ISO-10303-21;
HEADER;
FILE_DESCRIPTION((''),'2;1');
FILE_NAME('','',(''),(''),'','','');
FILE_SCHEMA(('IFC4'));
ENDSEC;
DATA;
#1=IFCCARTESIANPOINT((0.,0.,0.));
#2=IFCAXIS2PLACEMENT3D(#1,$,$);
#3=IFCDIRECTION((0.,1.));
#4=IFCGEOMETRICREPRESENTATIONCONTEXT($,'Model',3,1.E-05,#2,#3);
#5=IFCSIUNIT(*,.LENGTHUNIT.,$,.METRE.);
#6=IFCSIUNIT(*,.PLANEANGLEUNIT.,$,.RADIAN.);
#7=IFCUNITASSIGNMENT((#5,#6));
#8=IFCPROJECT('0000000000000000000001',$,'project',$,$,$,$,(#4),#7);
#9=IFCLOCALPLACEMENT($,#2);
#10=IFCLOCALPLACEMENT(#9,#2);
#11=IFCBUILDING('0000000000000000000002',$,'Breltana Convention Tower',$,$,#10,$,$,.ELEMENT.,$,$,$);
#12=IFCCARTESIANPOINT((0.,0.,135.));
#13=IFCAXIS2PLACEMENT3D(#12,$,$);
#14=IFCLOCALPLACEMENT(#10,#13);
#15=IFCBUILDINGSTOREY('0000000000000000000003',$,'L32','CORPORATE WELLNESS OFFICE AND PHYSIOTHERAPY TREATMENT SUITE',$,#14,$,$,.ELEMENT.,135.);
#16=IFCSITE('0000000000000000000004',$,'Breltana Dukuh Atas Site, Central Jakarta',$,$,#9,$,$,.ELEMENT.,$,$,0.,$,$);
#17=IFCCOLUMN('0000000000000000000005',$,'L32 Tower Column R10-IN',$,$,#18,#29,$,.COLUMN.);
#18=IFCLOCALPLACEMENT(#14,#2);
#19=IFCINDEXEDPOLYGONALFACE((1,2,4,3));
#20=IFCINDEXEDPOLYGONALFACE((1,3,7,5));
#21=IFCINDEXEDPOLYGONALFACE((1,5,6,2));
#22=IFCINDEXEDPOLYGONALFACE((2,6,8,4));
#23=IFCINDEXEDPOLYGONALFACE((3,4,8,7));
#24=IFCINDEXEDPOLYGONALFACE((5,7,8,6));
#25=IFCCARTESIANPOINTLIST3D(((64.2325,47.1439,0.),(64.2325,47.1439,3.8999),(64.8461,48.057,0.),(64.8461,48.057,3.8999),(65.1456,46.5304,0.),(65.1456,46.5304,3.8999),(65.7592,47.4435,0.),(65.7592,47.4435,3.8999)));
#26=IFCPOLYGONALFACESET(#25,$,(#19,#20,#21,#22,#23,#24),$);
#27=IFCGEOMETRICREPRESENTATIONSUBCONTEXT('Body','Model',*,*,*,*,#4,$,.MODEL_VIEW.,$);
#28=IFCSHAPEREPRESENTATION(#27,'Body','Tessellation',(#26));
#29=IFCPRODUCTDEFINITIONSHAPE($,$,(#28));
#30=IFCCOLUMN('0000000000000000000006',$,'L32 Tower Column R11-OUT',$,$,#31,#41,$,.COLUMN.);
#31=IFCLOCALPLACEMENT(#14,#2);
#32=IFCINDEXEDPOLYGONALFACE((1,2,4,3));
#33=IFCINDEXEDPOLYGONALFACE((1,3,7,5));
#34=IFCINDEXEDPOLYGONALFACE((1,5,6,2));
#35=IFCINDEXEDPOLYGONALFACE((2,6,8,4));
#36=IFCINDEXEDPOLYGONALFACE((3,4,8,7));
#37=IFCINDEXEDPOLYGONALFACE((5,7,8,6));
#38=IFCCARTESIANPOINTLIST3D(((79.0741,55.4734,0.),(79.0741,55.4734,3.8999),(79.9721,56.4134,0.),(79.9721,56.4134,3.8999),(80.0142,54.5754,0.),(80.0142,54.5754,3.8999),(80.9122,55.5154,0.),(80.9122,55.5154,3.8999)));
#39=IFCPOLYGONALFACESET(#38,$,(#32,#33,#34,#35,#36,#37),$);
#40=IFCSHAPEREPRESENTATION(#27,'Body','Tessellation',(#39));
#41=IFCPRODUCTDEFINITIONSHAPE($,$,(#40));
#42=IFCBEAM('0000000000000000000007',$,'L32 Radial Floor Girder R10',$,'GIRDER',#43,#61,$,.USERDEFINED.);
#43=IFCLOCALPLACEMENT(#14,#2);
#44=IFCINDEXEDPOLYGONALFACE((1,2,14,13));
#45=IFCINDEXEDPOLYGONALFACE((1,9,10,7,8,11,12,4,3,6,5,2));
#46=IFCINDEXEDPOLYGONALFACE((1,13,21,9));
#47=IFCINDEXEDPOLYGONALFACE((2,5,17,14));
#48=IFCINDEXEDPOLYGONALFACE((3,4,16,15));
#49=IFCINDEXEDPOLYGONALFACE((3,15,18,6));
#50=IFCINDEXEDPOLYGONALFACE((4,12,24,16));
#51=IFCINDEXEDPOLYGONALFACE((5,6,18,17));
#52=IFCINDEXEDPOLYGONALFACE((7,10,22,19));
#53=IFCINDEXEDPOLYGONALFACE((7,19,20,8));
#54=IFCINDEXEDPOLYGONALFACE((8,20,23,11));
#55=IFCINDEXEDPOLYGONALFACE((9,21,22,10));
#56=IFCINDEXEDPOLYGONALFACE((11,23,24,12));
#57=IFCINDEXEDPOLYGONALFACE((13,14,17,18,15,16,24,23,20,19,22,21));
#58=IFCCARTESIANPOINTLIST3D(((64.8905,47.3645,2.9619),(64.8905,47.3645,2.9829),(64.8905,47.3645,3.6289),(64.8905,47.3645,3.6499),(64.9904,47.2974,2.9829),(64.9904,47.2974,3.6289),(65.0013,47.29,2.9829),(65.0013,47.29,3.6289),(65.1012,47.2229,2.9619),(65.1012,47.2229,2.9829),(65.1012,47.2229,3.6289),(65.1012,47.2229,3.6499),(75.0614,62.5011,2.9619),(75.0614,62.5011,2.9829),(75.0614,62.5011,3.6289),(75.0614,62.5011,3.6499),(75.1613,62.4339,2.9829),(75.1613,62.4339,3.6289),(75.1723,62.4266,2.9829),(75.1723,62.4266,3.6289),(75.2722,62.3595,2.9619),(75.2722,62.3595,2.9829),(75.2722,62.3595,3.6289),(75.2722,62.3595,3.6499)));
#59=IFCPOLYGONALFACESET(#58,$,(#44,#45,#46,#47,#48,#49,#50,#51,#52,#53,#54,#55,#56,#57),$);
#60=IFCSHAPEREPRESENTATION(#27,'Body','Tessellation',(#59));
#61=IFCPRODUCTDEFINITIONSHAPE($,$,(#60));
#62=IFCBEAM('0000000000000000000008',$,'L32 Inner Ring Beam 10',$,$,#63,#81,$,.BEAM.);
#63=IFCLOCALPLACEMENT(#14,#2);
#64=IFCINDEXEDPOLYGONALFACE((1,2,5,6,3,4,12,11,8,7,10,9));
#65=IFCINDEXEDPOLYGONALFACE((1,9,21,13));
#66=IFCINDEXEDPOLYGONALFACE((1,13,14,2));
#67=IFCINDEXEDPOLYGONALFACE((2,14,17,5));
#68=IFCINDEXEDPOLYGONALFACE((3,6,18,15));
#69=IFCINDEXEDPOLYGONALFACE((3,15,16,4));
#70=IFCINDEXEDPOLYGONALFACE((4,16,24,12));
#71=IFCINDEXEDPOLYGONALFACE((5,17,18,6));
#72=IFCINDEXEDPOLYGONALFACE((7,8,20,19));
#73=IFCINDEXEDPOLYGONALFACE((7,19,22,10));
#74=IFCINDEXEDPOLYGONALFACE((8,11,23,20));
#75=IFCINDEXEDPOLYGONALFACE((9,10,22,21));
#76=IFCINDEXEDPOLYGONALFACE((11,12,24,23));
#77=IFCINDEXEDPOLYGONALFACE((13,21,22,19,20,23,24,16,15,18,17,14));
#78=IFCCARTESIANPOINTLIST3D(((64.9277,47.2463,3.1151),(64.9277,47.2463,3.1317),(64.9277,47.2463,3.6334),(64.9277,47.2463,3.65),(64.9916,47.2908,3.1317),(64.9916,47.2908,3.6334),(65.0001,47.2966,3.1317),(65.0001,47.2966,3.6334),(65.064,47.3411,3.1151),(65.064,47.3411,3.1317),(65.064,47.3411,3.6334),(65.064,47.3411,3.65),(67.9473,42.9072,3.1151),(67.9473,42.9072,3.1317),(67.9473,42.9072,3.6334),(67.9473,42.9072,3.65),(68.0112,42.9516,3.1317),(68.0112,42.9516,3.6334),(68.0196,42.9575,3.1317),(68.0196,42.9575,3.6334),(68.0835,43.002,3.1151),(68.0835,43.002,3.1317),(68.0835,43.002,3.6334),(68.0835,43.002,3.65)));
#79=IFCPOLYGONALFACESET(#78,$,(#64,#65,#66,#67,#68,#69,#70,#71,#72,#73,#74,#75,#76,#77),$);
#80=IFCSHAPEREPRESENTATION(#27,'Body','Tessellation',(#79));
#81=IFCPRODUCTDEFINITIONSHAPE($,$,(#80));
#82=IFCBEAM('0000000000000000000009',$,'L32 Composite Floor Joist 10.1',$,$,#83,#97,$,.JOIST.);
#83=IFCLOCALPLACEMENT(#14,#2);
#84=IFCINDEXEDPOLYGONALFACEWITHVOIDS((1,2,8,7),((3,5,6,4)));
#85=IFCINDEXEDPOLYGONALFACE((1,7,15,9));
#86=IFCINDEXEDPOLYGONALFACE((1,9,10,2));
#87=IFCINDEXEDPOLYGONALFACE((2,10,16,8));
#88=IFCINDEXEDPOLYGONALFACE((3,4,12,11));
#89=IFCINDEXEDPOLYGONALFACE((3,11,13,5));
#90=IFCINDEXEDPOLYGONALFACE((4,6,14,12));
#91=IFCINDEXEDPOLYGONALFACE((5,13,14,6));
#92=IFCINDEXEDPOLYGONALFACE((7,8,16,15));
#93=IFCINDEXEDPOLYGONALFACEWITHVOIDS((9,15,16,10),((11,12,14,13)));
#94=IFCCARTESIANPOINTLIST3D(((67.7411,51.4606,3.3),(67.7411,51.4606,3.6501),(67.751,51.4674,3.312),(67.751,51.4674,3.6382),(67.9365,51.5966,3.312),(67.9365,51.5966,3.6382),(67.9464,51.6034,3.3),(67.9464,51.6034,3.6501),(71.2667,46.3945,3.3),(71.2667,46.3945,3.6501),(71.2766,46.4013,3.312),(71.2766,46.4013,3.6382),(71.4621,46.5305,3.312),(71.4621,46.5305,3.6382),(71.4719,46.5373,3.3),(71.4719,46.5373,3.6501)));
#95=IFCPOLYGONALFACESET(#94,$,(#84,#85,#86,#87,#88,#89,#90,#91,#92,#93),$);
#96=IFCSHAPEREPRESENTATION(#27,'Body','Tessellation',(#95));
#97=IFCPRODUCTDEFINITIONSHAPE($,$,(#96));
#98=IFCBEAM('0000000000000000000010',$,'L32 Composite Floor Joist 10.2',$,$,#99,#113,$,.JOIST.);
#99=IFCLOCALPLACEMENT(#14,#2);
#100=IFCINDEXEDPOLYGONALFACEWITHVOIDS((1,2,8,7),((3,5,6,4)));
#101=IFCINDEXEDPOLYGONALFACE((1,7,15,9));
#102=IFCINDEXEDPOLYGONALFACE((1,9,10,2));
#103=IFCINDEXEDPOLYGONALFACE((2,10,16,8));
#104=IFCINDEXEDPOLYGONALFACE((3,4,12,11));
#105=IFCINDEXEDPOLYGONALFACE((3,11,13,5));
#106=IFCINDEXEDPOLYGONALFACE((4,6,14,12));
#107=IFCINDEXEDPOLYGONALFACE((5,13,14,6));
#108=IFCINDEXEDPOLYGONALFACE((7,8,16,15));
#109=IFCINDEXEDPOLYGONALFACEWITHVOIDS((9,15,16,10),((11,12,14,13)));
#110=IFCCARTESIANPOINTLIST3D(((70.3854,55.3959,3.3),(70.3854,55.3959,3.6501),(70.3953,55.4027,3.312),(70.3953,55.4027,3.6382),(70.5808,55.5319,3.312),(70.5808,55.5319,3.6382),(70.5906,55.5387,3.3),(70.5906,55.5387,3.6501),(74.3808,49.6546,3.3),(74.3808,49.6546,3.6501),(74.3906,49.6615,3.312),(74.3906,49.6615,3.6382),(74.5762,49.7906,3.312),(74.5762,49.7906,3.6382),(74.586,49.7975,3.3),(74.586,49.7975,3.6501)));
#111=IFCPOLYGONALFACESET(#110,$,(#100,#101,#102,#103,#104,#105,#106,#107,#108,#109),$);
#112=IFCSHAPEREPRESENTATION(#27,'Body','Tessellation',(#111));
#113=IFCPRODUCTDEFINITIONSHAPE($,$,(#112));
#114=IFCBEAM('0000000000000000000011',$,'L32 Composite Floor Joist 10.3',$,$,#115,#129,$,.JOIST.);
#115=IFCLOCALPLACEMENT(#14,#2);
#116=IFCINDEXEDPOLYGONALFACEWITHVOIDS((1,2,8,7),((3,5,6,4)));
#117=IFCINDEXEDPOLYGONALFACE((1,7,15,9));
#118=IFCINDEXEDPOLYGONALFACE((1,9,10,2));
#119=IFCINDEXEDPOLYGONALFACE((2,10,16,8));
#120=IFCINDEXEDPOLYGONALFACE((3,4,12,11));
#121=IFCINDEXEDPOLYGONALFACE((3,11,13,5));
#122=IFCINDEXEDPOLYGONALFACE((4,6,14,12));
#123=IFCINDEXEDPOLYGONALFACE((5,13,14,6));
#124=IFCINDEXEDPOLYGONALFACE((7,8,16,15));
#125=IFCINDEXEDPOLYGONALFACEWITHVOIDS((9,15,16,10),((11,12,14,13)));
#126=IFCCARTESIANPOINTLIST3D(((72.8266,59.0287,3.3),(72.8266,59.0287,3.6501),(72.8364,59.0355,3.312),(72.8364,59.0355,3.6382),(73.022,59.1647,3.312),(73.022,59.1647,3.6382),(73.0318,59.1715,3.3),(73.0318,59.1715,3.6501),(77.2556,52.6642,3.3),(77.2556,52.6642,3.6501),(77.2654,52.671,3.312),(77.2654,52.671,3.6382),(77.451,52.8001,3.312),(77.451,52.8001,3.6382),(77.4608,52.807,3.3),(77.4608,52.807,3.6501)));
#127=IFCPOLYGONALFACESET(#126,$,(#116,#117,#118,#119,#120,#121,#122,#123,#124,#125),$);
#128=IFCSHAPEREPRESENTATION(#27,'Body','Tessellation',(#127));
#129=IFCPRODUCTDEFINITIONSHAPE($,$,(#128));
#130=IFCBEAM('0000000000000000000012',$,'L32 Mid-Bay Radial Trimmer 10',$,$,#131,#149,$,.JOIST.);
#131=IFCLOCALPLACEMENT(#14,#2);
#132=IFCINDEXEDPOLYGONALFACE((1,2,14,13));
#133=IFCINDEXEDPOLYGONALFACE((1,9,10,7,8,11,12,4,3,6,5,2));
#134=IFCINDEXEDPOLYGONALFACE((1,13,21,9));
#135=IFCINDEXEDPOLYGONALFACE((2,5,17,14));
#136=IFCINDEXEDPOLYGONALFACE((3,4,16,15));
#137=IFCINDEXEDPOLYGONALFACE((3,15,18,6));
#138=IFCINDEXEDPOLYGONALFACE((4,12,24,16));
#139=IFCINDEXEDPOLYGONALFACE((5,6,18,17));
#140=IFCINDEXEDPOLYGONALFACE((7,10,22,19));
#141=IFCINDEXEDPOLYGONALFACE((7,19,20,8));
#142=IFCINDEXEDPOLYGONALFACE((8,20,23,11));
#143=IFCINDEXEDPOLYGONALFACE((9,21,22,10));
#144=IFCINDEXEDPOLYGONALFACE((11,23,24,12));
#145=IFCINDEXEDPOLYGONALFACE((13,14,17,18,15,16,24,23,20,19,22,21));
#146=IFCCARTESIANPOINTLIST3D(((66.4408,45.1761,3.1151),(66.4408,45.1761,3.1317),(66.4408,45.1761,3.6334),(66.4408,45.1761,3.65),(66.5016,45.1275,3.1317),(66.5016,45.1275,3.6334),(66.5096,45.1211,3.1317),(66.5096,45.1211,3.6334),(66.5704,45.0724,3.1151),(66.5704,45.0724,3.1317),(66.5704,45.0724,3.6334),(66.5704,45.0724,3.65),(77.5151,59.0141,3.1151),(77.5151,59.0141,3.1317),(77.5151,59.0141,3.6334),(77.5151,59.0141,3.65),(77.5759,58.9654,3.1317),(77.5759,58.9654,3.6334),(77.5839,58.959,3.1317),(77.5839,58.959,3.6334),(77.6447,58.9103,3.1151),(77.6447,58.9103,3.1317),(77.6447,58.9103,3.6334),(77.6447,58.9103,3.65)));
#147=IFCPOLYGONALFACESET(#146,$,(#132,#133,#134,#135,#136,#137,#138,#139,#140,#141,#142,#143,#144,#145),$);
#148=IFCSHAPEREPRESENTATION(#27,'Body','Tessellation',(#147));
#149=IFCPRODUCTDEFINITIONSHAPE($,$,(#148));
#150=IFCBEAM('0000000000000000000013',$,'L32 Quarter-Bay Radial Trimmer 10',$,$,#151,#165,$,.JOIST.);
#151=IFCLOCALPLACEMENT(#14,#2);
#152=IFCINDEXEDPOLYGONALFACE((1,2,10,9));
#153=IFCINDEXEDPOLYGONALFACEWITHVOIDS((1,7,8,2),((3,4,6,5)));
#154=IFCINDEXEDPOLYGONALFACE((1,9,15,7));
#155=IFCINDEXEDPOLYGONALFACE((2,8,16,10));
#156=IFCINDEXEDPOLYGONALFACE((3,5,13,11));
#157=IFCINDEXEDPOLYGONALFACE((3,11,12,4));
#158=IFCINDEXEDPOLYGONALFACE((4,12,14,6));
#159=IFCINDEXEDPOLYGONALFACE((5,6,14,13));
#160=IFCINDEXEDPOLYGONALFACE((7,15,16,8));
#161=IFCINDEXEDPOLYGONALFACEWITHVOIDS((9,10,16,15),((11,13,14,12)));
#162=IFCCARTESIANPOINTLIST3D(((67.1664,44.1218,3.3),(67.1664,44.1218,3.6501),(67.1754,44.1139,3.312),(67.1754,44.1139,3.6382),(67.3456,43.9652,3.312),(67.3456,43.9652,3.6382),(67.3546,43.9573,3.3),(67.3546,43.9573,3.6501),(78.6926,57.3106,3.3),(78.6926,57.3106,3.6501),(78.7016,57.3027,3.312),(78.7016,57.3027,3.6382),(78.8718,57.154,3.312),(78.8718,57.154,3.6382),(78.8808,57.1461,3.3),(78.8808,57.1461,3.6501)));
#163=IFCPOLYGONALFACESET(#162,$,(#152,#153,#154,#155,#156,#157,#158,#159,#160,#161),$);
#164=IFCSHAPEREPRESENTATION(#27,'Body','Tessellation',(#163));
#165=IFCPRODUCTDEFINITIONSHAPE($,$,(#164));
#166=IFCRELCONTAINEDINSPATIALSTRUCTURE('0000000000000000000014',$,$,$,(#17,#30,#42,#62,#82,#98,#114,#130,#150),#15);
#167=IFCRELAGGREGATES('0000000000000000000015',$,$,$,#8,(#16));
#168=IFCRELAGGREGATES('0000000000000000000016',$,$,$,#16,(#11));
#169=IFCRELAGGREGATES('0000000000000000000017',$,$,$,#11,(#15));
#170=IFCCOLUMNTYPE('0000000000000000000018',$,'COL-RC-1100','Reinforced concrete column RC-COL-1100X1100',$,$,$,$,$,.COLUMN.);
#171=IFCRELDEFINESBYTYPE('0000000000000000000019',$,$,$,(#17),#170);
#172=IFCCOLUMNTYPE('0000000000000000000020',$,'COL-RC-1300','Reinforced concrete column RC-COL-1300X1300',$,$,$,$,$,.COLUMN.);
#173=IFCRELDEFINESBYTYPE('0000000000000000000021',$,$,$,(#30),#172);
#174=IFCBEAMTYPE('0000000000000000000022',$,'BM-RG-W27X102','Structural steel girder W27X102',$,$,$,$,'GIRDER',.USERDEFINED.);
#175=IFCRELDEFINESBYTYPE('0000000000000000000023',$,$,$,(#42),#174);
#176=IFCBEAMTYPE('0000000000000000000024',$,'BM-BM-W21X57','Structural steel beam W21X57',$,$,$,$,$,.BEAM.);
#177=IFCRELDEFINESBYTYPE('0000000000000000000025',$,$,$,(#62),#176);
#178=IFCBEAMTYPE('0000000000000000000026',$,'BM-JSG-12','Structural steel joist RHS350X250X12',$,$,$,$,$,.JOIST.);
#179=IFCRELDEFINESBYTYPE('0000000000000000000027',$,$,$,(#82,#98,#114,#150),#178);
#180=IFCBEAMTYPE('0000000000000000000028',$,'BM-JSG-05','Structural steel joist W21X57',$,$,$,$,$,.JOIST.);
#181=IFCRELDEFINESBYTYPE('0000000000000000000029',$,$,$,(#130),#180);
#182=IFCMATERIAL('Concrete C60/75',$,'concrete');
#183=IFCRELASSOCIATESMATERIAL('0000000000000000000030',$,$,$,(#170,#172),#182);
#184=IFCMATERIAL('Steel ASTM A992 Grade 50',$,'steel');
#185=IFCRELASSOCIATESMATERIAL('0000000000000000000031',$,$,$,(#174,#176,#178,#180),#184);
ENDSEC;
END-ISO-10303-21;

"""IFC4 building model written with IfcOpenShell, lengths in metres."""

from ifc_helpers import new_model, si_unit, direction, frame, origin, origin_2d, place, context, subcontext, project, spatial, rectangle, hollow_rectangle, i_section, extrude, source, transform, mapped, material, material_profile, profile_set, type_object, element, save


model = new_model("IFC4")

# Units and contexts
model_context = context("Model", 3, precision=1e-05, world=origin(), true_north=direction((0.0, 1.0)))
body_context = subcontext(model_context, "Body", "Model", "MODEL_VIEW")
ifc_project = project(units=[si_unit("LENGTHUNIT", "METRE"), si_unit("PLANEANGLEUNIT", "RADIAN")], contexts=[model_context])

# Site, building, storey
site_placement = place(None, origin())
site = spatial("IfcSite", under=ifc_project, at=site_placement, Name="Breltana Dukuh Atas Site, Central Jakarta", CompositionType="ELEMENT", RefElevation=0.0)
building_placement = place(site_placement, origin())
building = spatial("IfcBuilding", under=site, at=building_placement, Name="Breltana Convention Tower", CompositionType="ELEMENT")
storey_placement = place(building_placement, frame((0.0, 0.0, 135.0)))
storey = spatial("IfcBuildingStorey", under=building, at=storey_placement, Name="L32", Description="CORPORATE WELLNESS OFFICE AND PHYSIOTHERAPY TREATMENT SUITE", CompositionType="ELEMENT", Elevation=135.0)

# Columns
ifc_material_1 = material(Name="Concrete C60/75", Category="concrete")
ifc_material_profile_1 = material_profile(ifc_material_1, rectangle(XDim=1.1001, YDim=1.1001, at=origin_2d()), Name="RC-COL-1100X1100")
ifc_profile_set_1 = profile_set([ifc_material_profile_1], Name="Concrete C60/75")
column_type_1 = type_object("IfcColumnType", Name="COL-RC-1100", Description="Reinforced concrete column RC-COL-1100X1100", PredefinedType="COLUMN", material=ifc_profile_set_1)
shared_shape_1 = source(origin(), body_context, "Body", "SweptSolid", [
    extrude(rectangle(XDim=1.1001, YDim=1.1001, at=origin_2d()), origin(), (0.0, 0.0, 1.0), 3.8999),
])
column_1_placement = place(storey_placement, frame((64.9958, 47.2937, 0.0), z_axis=(0.0, 0.0, 1.0), x_axis=(0.557745, 0.830012, 0.0)))
element("IfcColumn", 1, at=column_1_placement, inside=storey, type_object=column_type_1, Name="L32 Tower Column R10-IN", PredefinedType="COLUMN", context=body_context, shape_type="MappedRepresentation", body=[
    mapped(shared_shape_1, transform((0.0, 0.0, 0.0), scale=1.0)),
])
ifc_material_profile_2 = material_profile(ifc_material_1, rectangle(XDim=1.3, YDim=1.3, at=origin_2d()), Name="RC-COL-1300X1300")
ifc_profile_set_2 = profile_set([ifc_material_profile_2], Name="Concrete C60/75")
column_type_2 = type_object("IfcColumnType", Name="COL-RC-1300", Description="Reinforced concrete column RC-COL-1300X1300", PredefinedType="COLUMN", material=ifc_profile_set_2)
shared_shape_2 = source(origin(), body_context, "Body", "SweptSolid", [
    extrude(rectangle(XDim=1.3, YDim=1.3, at=origin_2d()), origin(), (0.0, 0.0, 1.0), 3.8999),
])
column_2_placement = place(storey_placement, frame((79.9932, 55.4944, 0.0), z_axis=(0.0, 0.0, 1.0), x_axis=(0.690756, 0.723088, 0.0)))
element("IfcColumn", 2, at=column_2_placement, inside=storey, type_object=column_type_2, Name="L32 Tower Column R11-OUT", PredefinedType="COLUMN", context=body_context, shape_type="MappedRepresentation", body=[
    mapped(shared_shape_2, transform((0.0, 0.0, 0.0), scale=1.0)),
])

# Beams
ifc_material_2 = material(Name="Steel ASTM A992 Grade 50", Category="steel")
ifc_material_profile_3 = material_profile(ifc_material_2, i_section(OverallWidth=0.2539, OverallDepth=0.688, WebThickness=0.0132, FlangeThickness=0.021, at=origin_2d()), Name="W27X102")
ifc_profile_set_3 = profile_set([ifc_material_profile_3], Name="Steel ASTM A992 Grade 50")
beam_type_1 = type_object("IfcBeamType", Name="BM-RG-W27X102", Description="Structural steel girder W27X102", ElementType="GIRDER", PredefinedType="USERDEFINED", material=ifc_profile_set_3)
shared_shape_3 = source(origin(), body_context, "Body", "SweptSolid", [
    extrude(i_section(OverallWidth=0.2539, OverallDepth=0.688, WebThickness=0.0132, FlangeThickness=0.021, at=origin_2d()), origin(), (0.0, 0.0, 1.0), 18.2363),
])
beam_1_placement = place(storey_placement, frame((64.9958, 47.2937, 3.3059), z_axis=(0.55773, 0.830022, 0.0), x_axis=(-0.830022, 0.55773, 0.0)))
element("IfcBeam", 3, at=beam_1_placement, inside=storey, type_object=beam_type_1, Name="L32 Radial Floor Girder R10", ObjectType="GIRDER", PredefinedType="USERDEFINED", context=body_context, shape_type="MappedRepresentation", body=[
    mapped(shared_shape_3, transform((0.0, 0.0, 0.0), scale=1.0)),
])
ifc_material_profile_4 = material_profile(ifc_material_2, i_section(OverallWidth=0.166, OverallDepth=0.5349, WebThickness=0.0103, FlangeThickness=0.0166, at=origin_2d()), Name="W21X57")
ifc_profile_set_4 = profile_set([ifc_material_profile_4], Name="Steel ASTM A992 Grade 50")
beam_type_2 = type_object("IfcBeamType", Name="BM-BM-W21X57", Description="Structural steel beam W21X57", PredefinedType="BEAM", material=ifc_profile_set_4)
shared_shape_4 = source(origin(), body_context, "Body", "SweptSolid", [
    extrude(i_section(OverallWidth=0.166, OverallDepth=0.5349, WebThickness=0.0103, FlangeThickness=0.0166, at=origin_2d()), origin(), (0.0, 0.0, 1.0), 5.2864),
])
beam_2_placement = place(storey_placement, frame((64.9958, 47.2937, 3.3826), z_axis=(0.571194, -0.820815, 0.0), x_axis=(0.820815, 0.571194, 0.0)))
element("IfcBeam", 4, at=beam_2_placement, inside=storey, type_object=beam_type_2, Name="L32 Inner Ring Beam 10", PredefinedType="BEAM", context=body_context, shape_type="MappedRepresentation", body=[
    mapped(shared_shape_4, transform((0.0, 0.0, 0.0), scale=1.0)),
])
ifc_material_profile_5 = material_profile(ifc_material_2, hollow_rectangle(XDim=0.25, YDim=0.3501, WallThickness=0.012, at=origin_2d()), Name="RHS350X250X12")
ifc_profile_set_5 = profile_set([ifc_material_profile_5], Name="Steel ASTM A992 Grade 50")
beam_type_3 = type_object("IfcBeamType", Name="BM-JSG-12", Description="Structural steel joist RHS350X250X12", PredefinedType="JOIST", material=ifc_profile_set_5)
shared_shape_5 = source(origin(), body_context, "Body", "SweptSolid", [
    extrude(hollow_rectangle(XDim=0.25, YDim=0.3501, WallThickness=0.012, at=origin_2d()), origin(), (0.0, 0.0, 1.0), 6.1721),
])
beam_3_placement = place(storey_placement, frame((67.8438, 51.532, 3.4751), z_axis=(0.571212, -0.820803, 0.0), x_axis=(0.820803, 0.571212, 0.0)))
element("IfcBeam", 5, at=beam_3_placement, inside=storey, type_object=beam_type_3, Name="L32 Composite Floor Joist 10.1", PredefinedType="JOIST", context=body_context, shape_type="MappedRepresentation", body=[
    mapped(shared_shape_5, transform((0.0, 0.0, 0.0), scale=1.0)),
])
shared_shape_6 = source(origin(), body_context, "Body", "SweptSolid", [
    extrude(hollow_rectangle(XDim=0.25, YDim=0.3501, WallThickness=0.012, at=origin_2d()), origin(), (0.0, 0.0, 1.0), 6.9946),
])
beam_4_placement = place(storey_placement, frame((70.488, 55.4673, 3.4751), z_axis=(0.571207, -0.820806, 0.0), x_axis=(0.820806, 0.571207, 0.0)))
element("IfcBeam", 6, at=beam_4_placement, inside=storey, type_object=beam_type_3, Name="L32 Composite Floor Joist 10.2", PredefinedType="JOIST", context=body_context, shape_type="MappedRepresentation", body=[
    mapped(shared_shape_6, transform((0.0, 0.0, 0.0), scale=1.0)),
])
shared_shape_7 = source(origin(), body_context, "Body", "SweptSolid", [
    extrude(hollow_rectangle(XDim=0.25, YDim=0.3501, WallThickness=0.012, at=origin_2d()), origin(), (0.0, 0.0, 1.0), 7.7539),
])
beam_5_placement = place(storey_placement, frame((72.9292, 59.1001, 3.4751), z_axis=(0.571193, -0.820816, 0.0), x_axis=(0.820816, 0.571193, 0.0)))
element("IfcBeam", 7, at=beam_5_placement, inside=storey, type_object=beam_type_3, Name="L32 Composite Floor Joist 10.3", PredefinedType="JOIST", context=body_context, shape_type="MappedRepresentation", body=[
    mapped(shared_shape_7, transform((0.0, 0.0, 0.0), scale=1.0)),
])
ifc_material_profile_6 = material_profile(ifc_material_2, i_section(OverallWidth=0.166, OverallDepth=0.5349, WebThickness=0.0103, FlangeThickness=0.0166, at=origin_2d()), Name="W21X57")
ifc_profile_set_6 = profile_set([ifc_material_profile_6], Name="Steel ASTM A992 Grade 50")
beam_type_4 = type_object("IfcBeamType", Name="BM-JSG-05", Description="Structural steel joist W21X57", PredefinedType="JOIST", material=ifc_profile_set_6)
shared_shape_8 = source(origin(), body_context, "Body", "SweptSolid", [
    extrude(i_section(OverallWidth=0.166, OverallDepth=0.5349, WebThickness=0.0103, FlangeThickness=0.0166, at=origin_2d()), origin(), (0.0, 0.0, 1.0), 17.7236),
])
beam_6_placement = place(storey_placement, frame((66.5056, 45.1243, 3.3826), z_axis=(0.624829, 0.780761, 0.0), x_axis=(-0.780761, 0.624829, 0.0)))
element("IfcBeam", 8, at=beam_6_placement, inside=storey, type_object=beam_type_4, Name="L32 Mid-Bay Radial Trimmer 10", PredefinedType="JOIST", context=body_context, shape_type="MappedRepresentation", body=[
    mapped(shared_shape_8, transform((0.0, 0.0, 0.0), scale=1.0)),
])
shared_shape_9 = source(origin(), body_context, "Body", "SweptSolid", [
    extrude(hollow_rectangle(XDim=0.25, YDim=0.3501, WallThickness=0.012, at=origin_2d()), origin(), (0.0, 0.0, 1.0), 17.5156),
])
beam_7_placement = place(storey_placement, frame((67.2605, 44.0396, 3.4751), z_axis=(0.658052, 0.752973, 0.0), x_axis=(-0.752973, 0.658052, 0.0)))
element("IfcBeam", 9, at=beam_7_placement, inside=storey, type_object=beam_type_3, Name="L32 Quarter-Bay Radial Trimmer 10", PredefinedType="JOIST", context=body_context, shape_type="MappedRepresentation", body=[
    mapped(shared_shape_9, transform((0.0, 0.0, 0.0), scale=1.0)),
])

save(model, "model.ifc")
